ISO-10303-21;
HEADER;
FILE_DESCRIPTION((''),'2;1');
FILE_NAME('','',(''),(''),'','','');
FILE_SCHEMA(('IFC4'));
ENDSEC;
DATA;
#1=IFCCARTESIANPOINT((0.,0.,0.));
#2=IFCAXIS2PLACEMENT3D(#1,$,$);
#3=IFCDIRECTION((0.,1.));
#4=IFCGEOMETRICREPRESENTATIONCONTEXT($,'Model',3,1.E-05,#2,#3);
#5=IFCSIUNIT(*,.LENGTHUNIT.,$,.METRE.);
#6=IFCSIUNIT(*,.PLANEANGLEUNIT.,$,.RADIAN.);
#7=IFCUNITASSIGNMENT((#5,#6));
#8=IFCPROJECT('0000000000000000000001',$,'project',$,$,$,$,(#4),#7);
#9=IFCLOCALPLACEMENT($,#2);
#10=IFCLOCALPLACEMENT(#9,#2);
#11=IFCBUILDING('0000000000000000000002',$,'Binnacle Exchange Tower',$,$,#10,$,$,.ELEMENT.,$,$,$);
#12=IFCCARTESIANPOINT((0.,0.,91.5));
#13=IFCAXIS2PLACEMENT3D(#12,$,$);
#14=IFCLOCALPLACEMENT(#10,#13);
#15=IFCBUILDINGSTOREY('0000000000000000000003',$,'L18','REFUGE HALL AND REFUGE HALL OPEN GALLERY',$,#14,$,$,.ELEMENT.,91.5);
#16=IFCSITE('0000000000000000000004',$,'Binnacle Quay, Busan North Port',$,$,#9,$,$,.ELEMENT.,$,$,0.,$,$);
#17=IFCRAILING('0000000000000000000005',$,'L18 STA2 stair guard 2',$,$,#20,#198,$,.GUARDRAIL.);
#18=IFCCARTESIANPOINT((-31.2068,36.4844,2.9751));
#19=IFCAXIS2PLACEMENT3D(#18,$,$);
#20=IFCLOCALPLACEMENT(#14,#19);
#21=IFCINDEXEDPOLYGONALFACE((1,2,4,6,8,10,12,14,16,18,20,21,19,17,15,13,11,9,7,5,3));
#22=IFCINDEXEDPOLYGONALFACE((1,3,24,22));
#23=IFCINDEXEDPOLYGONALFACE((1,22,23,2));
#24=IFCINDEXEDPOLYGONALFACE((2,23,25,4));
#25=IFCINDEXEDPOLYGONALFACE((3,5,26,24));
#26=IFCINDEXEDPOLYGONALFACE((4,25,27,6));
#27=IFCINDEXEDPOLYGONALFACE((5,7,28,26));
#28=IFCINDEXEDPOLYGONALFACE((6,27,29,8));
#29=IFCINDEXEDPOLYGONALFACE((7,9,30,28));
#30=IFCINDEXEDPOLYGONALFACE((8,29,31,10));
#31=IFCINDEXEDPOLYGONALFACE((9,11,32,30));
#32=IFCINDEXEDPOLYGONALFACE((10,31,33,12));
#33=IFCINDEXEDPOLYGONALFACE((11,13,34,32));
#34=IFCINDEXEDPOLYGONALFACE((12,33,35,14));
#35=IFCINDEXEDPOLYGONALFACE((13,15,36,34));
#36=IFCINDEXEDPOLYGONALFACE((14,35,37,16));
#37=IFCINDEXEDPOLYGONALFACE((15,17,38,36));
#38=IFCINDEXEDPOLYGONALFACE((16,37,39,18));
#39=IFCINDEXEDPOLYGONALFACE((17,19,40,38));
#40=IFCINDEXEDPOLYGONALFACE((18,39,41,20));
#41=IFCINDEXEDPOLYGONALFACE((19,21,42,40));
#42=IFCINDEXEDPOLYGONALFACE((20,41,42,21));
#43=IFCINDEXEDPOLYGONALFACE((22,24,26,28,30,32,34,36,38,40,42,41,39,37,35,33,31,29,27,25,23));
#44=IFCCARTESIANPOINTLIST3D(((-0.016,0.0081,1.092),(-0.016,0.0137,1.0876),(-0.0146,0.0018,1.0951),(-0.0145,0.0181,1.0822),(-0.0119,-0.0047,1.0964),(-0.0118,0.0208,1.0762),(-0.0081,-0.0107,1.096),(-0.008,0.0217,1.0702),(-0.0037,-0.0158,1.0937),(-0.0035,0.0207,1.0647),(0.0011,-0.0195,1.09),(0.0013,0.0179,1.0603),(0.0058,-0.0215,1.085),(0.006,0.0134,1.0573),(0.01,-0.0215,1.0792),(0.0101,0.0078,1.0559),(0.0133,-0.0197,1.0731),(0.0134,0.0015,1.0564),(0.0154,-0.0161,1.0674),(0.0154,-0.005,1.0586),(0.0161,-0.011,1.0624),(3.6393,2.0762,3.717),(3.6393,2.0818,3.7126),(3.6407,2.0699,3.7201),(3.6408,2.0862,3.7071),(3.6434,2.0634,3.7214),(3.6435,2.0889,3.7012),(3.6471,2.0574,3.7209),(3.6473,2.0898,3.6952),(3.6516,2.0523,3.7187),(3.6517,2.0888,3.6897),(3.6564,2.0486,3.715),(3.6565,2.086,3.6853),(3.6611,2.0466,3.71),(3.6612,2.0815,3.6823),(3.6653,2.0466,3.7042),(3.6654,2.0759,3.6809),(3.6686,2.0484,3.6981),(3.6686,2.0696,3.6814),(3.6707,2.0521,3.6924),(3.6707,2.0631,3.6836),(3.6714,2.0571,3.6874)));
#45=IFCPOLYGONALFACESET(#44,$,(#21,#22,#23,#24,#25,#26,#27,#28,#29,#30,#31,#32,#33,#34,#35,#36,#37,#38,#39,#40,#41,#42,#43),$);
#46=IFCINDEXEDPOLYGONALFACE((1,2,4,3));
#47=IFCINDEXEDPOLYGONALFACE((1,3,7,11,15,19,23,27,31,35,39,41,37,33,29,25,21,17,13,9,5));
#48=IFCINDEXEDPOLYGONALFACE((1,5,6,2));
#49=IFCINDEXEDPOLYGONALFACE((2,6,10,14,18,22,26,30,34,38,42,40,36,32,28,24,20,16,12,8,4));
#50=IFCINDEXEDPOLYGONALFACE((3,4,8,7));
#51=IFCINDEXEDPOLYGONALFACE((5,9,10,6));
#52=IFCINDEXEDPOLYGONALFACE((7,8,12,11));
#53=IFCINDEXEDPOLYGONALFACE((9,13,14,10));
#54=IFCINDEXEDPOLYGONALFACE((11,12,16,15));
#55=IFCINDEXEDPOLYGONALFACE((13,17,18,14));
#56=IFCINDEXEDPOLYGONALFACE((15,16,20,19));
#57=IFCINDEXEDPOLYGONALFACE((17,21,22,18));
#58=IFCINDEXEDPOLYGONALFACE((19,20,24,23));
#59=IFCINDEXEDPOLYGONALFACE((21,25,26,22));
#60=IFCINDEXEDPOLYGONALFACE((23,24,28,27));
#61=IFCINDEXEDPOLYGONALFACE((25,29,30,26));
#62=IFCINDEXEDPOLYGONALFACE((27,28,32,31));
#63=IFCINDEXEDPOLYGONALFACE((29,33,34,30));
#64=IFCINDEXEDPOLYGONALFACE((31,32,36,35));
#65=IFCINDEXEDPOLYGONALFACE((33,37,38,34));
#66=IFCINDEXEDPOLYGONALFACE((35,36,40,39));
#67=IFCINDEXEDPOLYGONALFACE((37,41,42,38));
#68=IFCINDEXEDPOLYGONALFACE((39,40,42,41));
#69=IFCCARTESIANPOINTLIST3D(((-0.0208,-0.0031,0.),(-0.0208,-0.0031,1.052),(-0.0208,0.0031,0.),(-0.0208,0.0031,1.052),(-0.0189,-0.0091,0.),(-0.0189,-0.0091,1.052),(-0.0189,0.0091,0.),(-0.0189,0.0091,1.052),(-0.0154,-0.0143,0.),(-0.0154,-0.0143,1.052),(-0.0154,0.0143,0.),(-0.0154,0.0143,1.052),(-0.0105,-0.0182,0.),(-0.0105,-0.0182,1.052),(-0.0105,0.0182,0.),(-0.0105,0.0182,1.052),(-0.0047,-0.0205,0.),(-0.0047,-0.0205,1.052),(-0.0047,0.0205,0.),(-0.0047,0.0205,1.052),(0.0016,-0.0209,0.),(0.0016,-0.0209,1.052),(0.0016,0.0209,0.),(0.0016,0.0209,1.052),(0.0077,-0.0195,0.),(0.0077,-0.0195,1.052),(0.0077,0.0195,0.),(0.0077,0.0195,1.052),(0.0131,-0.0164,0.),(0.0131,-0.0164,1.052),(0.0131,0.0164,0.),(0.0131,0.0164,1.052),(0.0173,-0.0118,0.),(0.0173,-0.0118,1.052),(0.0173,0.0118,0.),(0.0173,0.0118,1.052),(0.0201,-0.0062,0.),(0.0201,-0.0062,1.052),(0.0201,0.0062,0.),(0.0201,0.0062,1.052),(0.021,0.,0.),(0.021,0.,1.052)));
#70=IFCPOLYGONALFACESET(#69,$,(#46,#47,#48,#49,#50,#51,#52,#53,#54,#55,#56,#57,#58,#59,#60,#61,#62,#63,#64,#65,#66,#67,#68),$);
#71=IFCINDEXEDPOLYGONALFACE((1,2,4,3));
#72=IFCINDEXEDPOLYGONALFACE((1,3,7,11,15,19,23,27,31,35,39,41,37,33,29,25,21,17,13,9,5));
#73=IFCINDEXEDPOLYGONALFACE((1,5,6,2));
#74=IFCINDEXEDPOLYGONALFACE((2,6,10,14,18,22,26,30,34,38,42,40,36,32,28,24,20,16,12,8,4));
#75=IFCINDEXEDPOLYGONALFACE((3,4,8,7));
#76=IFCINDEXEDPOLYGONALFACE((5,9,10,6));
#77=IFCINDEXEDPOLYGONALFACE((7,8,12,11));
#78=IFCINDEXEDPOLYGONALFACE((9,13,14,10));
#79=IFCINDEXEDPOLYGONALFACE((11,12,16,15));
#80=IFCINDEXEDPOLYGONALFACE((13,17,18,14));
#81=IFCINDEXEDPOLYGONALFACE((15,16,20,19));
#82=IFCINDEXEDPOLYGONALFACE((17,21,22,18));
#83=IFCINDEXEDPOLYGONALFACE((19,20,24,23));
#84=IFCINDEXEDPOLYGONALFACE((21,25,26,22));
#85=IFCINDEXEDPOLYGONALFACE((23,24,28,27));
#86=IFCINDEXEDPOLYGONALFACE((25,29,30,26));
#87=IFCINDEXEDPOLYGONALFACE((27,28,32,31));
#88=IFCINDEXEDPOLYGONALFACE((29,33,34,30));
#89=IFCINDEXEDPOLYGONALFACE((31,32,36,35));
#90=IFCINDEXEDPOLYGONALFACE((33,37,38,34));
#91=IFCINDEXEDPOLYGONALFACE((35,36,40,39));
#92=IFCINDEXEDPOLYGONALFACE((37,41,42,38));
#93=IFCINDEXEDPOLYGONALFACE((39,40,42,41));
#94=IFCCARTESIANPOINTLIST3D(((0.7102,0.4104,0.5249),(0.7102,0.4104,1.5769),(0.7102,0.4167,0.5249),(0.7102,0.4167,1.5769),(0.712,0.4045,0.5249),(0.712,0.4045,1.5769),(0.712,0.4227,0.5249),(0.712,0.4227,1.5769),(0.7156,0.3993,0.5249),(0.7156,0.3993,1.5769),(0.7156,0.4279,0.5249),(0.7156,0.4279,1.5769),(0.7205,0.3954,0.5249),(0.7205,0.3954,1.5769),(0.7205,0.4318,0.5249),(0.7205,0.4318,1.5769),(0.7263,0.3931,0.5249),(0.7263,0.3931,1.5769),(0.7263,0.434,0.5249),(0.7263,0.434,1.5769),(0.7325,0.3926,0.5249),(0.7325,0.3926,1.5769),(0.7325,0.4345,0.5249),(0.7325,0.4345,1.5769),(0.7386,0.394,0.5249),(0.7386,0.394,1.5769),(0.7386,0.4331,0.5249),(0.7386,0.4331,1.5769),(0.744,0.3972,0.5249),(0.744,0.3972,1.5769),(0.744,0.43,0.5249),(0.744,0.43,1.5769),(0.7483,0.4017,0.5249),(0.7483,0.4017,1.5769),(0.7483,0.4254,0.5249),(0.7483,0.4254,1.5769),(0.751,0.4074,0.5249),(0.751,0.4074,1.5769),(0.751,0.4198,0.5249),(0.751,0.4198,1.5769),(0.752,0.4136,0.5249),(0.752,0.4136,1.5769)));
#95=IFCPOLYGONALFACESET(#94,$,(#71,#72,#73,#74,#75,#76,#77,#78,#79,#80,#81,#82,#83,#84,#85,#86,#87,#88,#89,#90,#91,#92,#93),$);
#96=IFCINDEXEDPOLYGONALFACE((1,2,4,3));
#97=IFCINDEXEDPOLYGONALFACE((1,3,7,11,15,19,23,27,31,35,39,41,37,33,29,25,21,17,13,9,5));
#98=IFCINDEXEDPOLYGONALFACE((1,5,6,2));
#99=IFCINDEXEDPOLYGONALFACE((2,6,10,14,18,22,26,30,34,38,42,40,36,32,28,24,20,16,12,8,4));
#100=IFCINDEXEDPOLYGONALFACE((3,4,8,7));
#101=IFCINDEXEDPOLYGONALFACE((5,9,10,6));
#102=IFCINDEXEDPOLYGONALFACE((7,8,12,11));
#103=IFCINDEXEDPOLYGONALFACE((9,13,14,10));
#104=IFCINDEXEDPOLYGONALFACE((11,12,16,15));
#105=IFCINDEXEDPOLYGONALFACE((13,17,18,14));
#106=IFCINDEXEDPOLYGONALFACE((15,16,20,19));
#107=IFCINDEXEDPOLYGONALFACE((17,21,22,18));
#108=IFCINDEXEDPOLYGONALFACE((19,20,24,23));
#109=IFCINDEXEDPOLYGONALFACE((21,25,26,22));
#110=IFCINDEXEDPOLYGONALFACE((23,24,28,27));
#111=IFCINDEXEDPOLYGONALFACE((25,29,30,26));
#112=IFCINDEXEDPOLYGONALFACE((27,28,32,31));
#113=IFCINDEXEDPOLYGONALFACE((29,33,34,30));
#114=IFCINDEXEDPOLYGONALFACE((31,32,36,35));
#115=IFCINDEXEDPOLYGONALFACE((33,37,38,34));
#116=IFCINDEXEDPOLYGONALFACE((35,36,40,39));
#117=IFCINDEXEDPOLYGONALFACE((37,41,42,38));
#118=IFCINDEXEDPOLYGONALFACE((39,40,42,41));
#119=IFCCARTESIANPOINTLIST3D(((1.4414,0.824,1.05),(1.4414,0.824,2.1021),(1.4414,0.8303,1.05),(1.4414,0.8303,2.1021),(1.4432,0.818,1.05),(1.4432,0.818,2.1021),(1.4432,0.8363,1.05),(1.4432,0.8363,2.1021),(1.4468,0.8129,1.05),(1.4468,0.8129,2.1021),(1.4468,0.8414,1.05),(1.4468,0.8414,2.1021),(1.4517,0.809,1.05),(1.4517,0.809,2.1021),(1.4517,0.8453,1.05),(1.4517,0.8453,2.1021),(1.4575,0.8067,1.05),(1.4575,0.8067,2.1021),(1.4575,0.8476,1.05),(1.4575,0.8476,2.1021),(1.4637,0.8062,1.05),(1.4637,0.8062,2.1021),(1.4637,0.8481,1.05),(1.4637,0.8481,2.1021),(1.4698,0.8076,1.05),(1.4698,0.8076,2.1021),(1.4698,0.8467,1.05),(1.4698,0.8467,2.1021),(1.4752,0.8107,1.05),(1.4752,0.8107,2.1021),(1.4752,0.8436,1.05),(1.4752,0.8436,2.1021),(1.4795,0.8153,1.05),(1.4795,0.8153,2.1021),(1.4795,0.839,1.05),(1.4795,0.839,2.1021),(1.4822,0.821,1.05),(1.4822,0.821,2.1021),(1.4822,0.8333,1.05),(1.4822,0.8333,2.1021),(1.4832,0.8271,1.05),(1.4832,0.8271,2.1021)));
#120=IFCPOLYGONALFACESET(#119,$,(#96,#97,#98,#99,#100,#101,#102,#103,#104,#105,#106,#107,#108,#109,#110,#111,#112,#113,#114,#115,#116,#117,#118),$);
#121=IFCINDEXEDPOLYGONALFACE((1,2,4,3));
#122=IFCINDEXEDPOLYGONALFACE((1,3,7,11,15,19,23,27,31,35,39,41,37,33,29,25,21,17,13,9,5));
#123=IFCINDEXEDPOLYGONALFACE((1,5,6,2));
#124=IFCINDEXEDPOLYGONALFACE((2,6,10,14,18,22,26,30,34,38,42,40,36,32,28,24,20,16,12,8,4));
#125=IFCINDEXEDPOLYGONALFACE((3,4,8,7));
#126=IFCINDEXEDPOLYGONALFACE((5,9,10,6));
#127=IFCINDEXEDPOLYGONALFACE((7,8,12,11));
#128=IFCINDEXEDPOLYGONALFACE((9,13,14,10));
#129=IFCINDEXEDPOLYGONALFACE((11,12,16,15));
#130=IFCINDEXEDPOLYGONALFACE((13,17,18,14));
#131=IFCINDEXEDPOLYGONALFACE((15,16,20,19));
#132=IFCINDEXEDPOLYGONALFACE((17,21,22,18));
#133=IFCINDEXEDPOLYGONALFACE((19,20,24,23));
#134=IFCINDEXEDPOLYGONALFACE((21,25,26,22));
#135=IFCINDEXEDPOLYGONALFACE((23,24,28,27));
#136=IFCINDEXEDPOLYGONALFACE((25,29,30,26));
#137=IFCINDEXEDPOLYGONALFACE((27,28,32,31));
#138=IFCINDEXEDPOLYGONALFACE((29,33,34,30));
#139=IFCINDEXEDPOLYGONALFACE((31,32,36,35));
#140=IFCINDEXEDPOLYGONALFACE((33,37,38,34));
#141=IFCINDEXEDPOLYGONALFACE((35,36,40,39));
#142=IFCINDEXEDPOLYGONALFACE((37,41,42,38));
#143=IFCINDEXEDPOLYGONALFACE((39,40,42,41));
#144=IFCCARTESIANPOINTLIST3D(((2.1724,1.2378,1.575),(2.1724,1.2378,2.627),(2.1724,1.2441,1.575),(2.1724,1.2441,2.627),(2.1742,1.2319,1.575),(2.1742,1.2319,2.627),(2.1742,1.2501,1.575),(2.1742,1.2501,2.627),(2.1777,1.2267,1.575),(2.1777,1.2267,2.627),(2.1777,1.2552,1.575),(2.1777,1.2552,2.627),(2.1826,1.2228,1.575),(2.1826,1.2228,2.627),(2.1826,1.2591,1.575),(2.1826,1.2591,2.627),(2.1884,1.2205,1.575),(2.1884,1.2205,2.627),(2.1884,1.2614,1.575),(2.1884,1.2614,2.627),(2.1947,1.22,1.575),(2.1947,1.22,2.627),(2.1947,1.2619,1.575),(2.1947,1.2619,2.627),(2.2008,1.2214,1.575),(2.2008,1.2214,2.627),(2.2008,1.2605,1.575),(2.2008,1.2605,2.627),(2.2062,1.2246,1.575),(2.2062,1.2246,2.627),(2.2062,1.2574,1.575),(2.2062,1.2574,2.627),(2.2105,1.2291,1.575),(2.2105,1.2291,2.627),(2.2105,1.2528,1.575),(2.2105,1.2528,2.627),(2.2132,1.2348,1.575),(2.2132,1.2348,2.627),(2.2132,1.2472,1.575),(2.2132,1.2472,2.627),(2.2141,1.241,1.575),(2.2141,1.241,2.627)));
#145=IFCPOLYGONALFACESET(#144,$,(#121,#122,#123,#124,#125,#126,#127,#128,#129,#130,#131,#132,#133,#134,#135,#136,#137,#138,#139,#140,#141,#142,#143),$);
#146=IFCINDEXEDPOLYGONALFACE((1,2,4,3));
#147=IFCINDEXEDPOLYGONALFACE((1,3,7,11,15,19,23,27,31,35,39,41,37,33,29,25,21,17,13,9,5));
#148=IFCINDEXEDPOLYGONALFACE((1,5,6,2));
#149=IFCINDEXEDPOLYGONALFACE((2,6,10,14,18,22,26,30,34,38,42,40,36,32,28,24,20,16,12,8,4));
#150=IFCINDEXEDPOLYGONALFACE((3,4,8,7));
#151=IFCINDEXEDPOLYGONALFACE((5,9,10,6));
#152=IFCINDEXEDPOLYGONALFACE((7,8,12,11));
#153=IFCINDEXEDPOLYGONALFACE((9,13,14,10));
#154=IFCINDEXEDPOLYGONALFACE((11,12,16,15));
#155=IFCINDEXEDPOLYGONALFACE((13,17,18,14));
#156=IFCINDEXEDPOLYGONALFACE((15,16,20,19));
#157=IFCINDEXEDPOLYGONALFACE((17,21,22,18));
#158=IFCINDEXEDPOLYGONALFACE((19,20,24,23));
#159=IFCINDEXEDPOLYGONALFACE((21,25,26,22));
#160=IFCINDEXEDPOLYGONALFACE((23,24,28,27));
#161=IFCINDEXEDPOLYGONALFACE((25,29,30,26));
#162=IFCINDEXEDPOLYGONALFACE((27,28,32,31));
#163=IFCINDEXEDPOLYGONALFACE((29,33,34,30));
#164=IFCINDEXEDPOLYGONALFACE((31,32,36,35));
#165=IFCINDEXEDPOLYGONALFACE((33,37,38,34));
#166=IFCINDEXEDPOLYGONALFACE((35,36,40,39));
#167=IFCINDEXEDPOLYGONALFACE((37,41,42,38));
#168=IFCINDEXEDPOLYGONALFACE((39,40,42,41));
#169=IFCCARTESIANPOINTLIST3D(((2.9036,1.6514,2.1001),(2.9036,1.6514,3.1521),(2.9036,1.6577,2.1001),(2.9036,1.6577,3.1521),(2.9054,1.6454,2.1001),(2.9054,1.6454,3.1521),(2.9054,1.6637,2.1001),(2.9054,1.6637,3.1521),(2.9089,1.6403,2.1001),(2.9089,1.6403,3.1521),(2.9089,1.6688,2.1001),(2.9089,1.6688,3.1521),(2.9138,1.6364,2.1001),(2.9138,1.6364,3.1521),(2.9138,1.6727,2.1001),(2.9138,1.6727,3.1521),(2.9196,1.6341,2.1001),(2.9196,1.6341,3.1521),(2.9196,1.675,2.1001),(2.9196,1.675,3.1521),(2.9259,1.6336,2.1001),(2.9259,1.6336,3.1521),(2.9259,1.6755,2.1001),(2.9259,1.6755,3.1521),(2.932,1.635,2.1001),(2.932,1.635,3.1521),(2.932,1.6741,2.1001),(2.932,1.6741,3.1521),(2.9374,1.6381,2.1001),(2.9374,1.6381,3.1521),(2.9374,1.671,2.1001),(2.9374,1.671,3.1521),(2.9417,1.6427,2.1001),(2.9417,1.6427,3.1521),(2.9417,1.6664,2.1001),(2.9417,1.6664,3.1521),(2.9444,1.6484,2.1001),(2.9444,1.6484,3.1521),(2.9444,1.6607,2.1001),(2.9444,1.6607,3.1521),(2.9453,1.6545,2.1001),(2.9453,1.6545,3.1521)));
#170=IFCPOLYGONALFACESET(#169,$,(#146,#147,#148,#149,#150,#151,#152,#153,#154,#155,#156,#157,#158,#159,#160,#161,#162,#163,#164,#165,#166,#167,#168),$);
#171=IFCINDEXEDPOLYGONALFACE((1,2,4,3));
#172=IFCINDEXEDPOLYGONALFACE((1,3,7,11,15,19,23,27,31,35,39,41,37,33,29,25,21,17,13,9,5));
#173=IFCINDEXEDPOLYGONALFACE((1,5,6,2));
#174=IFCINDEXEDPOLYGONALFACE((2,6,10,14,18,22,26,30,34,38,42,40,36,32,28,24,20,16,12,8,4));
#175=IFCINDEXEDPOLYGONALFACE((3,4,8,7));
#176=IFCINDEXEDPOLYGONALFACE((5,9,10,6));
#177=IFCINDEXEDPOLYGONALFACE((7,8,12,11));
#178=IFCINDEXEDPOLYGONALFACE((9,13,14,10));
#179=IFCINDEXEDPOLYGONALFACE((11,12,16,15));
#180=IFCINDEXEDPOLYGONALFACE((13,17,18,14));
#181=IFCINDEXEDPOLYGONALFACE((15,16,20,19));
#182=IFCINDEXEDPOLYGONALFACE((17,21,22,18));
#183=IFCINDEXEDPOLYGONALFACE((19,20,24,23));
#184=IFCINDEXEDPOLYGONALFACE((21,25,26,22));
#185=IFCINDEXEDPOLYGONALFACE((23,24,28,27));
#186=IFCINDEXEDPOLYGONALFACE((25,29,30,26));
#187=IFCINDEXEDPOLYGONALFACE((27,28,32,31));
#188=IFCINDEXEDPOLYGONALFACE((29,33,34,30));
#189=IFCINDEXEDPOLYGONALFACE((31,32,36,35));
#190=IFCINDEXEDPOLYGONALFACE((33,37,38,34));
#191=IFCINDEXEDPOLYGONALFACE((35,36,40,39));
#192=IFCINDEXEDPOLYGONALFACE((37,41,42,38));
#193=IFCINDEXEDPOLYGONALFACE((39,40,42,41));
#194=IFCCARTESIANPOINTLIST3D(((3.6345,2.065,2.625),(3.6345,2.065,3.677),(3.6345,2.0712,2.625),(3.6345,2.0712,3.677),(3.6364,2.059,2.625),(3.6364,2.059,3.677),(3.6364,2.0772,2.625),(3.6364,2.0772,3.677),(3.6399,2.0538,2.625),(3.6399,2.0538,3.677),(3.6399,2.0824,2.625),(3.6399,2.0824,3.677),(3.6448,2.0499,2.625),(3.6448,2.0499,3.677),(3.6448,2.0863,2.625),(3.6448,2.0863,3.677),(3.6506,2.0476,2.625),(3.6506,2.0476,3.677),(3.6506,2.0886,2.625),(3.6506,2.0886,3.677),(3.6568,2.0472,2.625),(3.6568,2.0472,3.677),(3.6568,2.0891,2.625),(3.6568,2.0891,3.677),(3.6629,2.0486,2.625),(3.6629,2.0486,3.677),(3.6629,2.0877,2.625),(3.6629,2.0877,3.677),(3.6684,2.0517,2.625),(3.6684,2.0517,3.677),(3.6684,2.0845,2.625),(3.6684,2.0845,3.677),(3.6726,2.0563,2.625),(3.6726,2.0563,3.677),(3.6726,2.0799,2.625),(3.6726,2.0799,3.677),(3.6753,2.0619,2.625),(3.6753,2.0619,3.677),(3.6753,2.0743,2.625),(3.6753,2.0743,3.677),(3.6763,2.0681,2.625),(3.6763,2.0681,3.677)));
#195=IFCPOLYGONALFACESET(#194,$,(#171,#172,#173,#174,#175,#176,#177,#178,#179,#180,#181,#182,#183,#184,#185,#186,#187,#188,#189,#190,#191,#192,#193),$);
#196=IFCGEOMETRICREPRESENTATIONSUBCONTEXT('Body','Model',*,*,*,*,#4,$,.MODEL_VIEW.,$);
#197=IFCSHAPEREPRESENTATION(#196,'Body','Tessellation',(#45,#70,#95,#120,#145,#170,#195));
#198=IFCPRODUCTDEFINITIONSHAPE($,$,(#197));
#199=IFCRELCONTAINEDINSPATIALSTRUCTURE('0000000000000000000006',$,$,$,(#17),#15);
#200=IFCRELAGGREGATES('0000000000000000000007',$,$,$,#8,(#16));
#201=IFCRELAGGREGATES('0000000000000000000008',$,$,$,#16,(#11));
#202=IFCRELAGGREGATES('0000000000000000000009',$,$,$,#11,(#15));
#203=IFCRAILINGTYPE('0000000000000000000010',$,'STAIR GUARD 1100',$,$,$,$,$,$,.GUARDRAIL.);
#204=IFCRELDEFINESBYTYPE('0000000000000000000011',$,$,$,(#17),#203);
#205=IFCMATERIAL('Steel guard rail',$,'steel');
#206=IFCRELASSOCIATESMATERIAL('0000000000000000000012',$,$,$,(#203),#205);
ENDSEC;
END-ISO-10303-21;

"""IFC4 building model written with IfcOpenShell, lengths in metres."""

from ifc_helpers import new_model, si_unit, direction, frame, origin, origin_2d, place, context, subcontext, project, spatial, circle, extrude, material, type_object, element, save


model = new_model("IFC4")

# Units and contexts
model_context = context("Model", 3, precision=1e-05, world=origin(), true_north=direction((0.0, 1.0)))
body_context = subcontext(model_context, "Body", "Model", "MODEL_VIEW")
ifc_project = project(units=[si_unit("LENGTHUNIT", "METRE"), si_unit("PLANEANGLEUNIT", "RADIAN")], contexts=[model_context])

# Site, building, storey
site_placement = place(None, origin())
site = spatial("IfcSite", under=ifc_project, at=site_placement, Name="Binnacle Quay, Busan North Port", CompositionType="ELEMENT", RefElevation=0.0)
building_placement = place(site_placement, origin())
building = spatial("IfcBuilding", under=site, at=building_placement, Name="Binnacle Exchange Tower", CompositionType="ELEMENT")
storey_placement = place(building_placement, frame((0.0, 0.0, 91.5)))
storey = spatial("IfcBuildingStorey", under=building, at=storey_placement, Name="L18", Description="REFUGE HALL AND REFUGE HALL OPEN GALLERY", CompositionType="ELEMENT", Elevation=91.5)

# Railing
ifc_material_1 = material(Name="Steel guard rail", Category="steel")
railing_type = type_object("IfcRailingType", Name="STAIR GUARD 1100", PredefinedType="GUARDRAIL", material=ifc_material_1)
railing_placement = place(storey_placement, frame((-31.2068, 36.4844, 2.9751)))
element("IfcRailing", 1, at=railing_placement, inside=storey, type_object=railing_type, Name="L18 STA2 stair guard 2", PredefinedType="GUARDRAIL", context=body_context, shape_type="SweptSolid", body=[
    extrude(circle(Radius=0.0239, at=origin_2d()), frame((0.0, 0.0, 1.0762), z_axis=(0.738044, 0.417577, 0.530019), x_axis=(-0.492435, 0.870349, 0.0)), (0.0, 0.0, 1.0), 4.9526),
    extrude(circle(Radius=0.021, at=origin_2d()), origin(), (0.0, 0.0, 1.0), 1.052),
    extrude(circle(Radius=0.021, at=origin_2d()), frame((0.731, 0.4136, 0.5249)), (0.0, 0.0, 1.0), 1.052),
    extrude(circle(Radius=0.021, at=origin_2d()), frame((1.4622, 0.8271, 1.05)), (0.0, 0.0, 1.0), 1.052),
    extrude(circle(Radius=0.021, at=origin_2d()), frame((2.1931, 1.241, 1.575)), (0.0, 0.0, 1.0), 1.052),
    extrude(circle(Radius=0.021, at=origin_2d()), frame((2.9243, 1.6545, 2.1001)), (0.0, 0.0, 1.0), 1.052),
    extrude(circle(Radius=0.021, at=origin_2d()), frame((3.6553, 2.0681, 2.625)), (0.0, 0.0, 1.0), 1.052),
])

save(model, "model.ifc")
